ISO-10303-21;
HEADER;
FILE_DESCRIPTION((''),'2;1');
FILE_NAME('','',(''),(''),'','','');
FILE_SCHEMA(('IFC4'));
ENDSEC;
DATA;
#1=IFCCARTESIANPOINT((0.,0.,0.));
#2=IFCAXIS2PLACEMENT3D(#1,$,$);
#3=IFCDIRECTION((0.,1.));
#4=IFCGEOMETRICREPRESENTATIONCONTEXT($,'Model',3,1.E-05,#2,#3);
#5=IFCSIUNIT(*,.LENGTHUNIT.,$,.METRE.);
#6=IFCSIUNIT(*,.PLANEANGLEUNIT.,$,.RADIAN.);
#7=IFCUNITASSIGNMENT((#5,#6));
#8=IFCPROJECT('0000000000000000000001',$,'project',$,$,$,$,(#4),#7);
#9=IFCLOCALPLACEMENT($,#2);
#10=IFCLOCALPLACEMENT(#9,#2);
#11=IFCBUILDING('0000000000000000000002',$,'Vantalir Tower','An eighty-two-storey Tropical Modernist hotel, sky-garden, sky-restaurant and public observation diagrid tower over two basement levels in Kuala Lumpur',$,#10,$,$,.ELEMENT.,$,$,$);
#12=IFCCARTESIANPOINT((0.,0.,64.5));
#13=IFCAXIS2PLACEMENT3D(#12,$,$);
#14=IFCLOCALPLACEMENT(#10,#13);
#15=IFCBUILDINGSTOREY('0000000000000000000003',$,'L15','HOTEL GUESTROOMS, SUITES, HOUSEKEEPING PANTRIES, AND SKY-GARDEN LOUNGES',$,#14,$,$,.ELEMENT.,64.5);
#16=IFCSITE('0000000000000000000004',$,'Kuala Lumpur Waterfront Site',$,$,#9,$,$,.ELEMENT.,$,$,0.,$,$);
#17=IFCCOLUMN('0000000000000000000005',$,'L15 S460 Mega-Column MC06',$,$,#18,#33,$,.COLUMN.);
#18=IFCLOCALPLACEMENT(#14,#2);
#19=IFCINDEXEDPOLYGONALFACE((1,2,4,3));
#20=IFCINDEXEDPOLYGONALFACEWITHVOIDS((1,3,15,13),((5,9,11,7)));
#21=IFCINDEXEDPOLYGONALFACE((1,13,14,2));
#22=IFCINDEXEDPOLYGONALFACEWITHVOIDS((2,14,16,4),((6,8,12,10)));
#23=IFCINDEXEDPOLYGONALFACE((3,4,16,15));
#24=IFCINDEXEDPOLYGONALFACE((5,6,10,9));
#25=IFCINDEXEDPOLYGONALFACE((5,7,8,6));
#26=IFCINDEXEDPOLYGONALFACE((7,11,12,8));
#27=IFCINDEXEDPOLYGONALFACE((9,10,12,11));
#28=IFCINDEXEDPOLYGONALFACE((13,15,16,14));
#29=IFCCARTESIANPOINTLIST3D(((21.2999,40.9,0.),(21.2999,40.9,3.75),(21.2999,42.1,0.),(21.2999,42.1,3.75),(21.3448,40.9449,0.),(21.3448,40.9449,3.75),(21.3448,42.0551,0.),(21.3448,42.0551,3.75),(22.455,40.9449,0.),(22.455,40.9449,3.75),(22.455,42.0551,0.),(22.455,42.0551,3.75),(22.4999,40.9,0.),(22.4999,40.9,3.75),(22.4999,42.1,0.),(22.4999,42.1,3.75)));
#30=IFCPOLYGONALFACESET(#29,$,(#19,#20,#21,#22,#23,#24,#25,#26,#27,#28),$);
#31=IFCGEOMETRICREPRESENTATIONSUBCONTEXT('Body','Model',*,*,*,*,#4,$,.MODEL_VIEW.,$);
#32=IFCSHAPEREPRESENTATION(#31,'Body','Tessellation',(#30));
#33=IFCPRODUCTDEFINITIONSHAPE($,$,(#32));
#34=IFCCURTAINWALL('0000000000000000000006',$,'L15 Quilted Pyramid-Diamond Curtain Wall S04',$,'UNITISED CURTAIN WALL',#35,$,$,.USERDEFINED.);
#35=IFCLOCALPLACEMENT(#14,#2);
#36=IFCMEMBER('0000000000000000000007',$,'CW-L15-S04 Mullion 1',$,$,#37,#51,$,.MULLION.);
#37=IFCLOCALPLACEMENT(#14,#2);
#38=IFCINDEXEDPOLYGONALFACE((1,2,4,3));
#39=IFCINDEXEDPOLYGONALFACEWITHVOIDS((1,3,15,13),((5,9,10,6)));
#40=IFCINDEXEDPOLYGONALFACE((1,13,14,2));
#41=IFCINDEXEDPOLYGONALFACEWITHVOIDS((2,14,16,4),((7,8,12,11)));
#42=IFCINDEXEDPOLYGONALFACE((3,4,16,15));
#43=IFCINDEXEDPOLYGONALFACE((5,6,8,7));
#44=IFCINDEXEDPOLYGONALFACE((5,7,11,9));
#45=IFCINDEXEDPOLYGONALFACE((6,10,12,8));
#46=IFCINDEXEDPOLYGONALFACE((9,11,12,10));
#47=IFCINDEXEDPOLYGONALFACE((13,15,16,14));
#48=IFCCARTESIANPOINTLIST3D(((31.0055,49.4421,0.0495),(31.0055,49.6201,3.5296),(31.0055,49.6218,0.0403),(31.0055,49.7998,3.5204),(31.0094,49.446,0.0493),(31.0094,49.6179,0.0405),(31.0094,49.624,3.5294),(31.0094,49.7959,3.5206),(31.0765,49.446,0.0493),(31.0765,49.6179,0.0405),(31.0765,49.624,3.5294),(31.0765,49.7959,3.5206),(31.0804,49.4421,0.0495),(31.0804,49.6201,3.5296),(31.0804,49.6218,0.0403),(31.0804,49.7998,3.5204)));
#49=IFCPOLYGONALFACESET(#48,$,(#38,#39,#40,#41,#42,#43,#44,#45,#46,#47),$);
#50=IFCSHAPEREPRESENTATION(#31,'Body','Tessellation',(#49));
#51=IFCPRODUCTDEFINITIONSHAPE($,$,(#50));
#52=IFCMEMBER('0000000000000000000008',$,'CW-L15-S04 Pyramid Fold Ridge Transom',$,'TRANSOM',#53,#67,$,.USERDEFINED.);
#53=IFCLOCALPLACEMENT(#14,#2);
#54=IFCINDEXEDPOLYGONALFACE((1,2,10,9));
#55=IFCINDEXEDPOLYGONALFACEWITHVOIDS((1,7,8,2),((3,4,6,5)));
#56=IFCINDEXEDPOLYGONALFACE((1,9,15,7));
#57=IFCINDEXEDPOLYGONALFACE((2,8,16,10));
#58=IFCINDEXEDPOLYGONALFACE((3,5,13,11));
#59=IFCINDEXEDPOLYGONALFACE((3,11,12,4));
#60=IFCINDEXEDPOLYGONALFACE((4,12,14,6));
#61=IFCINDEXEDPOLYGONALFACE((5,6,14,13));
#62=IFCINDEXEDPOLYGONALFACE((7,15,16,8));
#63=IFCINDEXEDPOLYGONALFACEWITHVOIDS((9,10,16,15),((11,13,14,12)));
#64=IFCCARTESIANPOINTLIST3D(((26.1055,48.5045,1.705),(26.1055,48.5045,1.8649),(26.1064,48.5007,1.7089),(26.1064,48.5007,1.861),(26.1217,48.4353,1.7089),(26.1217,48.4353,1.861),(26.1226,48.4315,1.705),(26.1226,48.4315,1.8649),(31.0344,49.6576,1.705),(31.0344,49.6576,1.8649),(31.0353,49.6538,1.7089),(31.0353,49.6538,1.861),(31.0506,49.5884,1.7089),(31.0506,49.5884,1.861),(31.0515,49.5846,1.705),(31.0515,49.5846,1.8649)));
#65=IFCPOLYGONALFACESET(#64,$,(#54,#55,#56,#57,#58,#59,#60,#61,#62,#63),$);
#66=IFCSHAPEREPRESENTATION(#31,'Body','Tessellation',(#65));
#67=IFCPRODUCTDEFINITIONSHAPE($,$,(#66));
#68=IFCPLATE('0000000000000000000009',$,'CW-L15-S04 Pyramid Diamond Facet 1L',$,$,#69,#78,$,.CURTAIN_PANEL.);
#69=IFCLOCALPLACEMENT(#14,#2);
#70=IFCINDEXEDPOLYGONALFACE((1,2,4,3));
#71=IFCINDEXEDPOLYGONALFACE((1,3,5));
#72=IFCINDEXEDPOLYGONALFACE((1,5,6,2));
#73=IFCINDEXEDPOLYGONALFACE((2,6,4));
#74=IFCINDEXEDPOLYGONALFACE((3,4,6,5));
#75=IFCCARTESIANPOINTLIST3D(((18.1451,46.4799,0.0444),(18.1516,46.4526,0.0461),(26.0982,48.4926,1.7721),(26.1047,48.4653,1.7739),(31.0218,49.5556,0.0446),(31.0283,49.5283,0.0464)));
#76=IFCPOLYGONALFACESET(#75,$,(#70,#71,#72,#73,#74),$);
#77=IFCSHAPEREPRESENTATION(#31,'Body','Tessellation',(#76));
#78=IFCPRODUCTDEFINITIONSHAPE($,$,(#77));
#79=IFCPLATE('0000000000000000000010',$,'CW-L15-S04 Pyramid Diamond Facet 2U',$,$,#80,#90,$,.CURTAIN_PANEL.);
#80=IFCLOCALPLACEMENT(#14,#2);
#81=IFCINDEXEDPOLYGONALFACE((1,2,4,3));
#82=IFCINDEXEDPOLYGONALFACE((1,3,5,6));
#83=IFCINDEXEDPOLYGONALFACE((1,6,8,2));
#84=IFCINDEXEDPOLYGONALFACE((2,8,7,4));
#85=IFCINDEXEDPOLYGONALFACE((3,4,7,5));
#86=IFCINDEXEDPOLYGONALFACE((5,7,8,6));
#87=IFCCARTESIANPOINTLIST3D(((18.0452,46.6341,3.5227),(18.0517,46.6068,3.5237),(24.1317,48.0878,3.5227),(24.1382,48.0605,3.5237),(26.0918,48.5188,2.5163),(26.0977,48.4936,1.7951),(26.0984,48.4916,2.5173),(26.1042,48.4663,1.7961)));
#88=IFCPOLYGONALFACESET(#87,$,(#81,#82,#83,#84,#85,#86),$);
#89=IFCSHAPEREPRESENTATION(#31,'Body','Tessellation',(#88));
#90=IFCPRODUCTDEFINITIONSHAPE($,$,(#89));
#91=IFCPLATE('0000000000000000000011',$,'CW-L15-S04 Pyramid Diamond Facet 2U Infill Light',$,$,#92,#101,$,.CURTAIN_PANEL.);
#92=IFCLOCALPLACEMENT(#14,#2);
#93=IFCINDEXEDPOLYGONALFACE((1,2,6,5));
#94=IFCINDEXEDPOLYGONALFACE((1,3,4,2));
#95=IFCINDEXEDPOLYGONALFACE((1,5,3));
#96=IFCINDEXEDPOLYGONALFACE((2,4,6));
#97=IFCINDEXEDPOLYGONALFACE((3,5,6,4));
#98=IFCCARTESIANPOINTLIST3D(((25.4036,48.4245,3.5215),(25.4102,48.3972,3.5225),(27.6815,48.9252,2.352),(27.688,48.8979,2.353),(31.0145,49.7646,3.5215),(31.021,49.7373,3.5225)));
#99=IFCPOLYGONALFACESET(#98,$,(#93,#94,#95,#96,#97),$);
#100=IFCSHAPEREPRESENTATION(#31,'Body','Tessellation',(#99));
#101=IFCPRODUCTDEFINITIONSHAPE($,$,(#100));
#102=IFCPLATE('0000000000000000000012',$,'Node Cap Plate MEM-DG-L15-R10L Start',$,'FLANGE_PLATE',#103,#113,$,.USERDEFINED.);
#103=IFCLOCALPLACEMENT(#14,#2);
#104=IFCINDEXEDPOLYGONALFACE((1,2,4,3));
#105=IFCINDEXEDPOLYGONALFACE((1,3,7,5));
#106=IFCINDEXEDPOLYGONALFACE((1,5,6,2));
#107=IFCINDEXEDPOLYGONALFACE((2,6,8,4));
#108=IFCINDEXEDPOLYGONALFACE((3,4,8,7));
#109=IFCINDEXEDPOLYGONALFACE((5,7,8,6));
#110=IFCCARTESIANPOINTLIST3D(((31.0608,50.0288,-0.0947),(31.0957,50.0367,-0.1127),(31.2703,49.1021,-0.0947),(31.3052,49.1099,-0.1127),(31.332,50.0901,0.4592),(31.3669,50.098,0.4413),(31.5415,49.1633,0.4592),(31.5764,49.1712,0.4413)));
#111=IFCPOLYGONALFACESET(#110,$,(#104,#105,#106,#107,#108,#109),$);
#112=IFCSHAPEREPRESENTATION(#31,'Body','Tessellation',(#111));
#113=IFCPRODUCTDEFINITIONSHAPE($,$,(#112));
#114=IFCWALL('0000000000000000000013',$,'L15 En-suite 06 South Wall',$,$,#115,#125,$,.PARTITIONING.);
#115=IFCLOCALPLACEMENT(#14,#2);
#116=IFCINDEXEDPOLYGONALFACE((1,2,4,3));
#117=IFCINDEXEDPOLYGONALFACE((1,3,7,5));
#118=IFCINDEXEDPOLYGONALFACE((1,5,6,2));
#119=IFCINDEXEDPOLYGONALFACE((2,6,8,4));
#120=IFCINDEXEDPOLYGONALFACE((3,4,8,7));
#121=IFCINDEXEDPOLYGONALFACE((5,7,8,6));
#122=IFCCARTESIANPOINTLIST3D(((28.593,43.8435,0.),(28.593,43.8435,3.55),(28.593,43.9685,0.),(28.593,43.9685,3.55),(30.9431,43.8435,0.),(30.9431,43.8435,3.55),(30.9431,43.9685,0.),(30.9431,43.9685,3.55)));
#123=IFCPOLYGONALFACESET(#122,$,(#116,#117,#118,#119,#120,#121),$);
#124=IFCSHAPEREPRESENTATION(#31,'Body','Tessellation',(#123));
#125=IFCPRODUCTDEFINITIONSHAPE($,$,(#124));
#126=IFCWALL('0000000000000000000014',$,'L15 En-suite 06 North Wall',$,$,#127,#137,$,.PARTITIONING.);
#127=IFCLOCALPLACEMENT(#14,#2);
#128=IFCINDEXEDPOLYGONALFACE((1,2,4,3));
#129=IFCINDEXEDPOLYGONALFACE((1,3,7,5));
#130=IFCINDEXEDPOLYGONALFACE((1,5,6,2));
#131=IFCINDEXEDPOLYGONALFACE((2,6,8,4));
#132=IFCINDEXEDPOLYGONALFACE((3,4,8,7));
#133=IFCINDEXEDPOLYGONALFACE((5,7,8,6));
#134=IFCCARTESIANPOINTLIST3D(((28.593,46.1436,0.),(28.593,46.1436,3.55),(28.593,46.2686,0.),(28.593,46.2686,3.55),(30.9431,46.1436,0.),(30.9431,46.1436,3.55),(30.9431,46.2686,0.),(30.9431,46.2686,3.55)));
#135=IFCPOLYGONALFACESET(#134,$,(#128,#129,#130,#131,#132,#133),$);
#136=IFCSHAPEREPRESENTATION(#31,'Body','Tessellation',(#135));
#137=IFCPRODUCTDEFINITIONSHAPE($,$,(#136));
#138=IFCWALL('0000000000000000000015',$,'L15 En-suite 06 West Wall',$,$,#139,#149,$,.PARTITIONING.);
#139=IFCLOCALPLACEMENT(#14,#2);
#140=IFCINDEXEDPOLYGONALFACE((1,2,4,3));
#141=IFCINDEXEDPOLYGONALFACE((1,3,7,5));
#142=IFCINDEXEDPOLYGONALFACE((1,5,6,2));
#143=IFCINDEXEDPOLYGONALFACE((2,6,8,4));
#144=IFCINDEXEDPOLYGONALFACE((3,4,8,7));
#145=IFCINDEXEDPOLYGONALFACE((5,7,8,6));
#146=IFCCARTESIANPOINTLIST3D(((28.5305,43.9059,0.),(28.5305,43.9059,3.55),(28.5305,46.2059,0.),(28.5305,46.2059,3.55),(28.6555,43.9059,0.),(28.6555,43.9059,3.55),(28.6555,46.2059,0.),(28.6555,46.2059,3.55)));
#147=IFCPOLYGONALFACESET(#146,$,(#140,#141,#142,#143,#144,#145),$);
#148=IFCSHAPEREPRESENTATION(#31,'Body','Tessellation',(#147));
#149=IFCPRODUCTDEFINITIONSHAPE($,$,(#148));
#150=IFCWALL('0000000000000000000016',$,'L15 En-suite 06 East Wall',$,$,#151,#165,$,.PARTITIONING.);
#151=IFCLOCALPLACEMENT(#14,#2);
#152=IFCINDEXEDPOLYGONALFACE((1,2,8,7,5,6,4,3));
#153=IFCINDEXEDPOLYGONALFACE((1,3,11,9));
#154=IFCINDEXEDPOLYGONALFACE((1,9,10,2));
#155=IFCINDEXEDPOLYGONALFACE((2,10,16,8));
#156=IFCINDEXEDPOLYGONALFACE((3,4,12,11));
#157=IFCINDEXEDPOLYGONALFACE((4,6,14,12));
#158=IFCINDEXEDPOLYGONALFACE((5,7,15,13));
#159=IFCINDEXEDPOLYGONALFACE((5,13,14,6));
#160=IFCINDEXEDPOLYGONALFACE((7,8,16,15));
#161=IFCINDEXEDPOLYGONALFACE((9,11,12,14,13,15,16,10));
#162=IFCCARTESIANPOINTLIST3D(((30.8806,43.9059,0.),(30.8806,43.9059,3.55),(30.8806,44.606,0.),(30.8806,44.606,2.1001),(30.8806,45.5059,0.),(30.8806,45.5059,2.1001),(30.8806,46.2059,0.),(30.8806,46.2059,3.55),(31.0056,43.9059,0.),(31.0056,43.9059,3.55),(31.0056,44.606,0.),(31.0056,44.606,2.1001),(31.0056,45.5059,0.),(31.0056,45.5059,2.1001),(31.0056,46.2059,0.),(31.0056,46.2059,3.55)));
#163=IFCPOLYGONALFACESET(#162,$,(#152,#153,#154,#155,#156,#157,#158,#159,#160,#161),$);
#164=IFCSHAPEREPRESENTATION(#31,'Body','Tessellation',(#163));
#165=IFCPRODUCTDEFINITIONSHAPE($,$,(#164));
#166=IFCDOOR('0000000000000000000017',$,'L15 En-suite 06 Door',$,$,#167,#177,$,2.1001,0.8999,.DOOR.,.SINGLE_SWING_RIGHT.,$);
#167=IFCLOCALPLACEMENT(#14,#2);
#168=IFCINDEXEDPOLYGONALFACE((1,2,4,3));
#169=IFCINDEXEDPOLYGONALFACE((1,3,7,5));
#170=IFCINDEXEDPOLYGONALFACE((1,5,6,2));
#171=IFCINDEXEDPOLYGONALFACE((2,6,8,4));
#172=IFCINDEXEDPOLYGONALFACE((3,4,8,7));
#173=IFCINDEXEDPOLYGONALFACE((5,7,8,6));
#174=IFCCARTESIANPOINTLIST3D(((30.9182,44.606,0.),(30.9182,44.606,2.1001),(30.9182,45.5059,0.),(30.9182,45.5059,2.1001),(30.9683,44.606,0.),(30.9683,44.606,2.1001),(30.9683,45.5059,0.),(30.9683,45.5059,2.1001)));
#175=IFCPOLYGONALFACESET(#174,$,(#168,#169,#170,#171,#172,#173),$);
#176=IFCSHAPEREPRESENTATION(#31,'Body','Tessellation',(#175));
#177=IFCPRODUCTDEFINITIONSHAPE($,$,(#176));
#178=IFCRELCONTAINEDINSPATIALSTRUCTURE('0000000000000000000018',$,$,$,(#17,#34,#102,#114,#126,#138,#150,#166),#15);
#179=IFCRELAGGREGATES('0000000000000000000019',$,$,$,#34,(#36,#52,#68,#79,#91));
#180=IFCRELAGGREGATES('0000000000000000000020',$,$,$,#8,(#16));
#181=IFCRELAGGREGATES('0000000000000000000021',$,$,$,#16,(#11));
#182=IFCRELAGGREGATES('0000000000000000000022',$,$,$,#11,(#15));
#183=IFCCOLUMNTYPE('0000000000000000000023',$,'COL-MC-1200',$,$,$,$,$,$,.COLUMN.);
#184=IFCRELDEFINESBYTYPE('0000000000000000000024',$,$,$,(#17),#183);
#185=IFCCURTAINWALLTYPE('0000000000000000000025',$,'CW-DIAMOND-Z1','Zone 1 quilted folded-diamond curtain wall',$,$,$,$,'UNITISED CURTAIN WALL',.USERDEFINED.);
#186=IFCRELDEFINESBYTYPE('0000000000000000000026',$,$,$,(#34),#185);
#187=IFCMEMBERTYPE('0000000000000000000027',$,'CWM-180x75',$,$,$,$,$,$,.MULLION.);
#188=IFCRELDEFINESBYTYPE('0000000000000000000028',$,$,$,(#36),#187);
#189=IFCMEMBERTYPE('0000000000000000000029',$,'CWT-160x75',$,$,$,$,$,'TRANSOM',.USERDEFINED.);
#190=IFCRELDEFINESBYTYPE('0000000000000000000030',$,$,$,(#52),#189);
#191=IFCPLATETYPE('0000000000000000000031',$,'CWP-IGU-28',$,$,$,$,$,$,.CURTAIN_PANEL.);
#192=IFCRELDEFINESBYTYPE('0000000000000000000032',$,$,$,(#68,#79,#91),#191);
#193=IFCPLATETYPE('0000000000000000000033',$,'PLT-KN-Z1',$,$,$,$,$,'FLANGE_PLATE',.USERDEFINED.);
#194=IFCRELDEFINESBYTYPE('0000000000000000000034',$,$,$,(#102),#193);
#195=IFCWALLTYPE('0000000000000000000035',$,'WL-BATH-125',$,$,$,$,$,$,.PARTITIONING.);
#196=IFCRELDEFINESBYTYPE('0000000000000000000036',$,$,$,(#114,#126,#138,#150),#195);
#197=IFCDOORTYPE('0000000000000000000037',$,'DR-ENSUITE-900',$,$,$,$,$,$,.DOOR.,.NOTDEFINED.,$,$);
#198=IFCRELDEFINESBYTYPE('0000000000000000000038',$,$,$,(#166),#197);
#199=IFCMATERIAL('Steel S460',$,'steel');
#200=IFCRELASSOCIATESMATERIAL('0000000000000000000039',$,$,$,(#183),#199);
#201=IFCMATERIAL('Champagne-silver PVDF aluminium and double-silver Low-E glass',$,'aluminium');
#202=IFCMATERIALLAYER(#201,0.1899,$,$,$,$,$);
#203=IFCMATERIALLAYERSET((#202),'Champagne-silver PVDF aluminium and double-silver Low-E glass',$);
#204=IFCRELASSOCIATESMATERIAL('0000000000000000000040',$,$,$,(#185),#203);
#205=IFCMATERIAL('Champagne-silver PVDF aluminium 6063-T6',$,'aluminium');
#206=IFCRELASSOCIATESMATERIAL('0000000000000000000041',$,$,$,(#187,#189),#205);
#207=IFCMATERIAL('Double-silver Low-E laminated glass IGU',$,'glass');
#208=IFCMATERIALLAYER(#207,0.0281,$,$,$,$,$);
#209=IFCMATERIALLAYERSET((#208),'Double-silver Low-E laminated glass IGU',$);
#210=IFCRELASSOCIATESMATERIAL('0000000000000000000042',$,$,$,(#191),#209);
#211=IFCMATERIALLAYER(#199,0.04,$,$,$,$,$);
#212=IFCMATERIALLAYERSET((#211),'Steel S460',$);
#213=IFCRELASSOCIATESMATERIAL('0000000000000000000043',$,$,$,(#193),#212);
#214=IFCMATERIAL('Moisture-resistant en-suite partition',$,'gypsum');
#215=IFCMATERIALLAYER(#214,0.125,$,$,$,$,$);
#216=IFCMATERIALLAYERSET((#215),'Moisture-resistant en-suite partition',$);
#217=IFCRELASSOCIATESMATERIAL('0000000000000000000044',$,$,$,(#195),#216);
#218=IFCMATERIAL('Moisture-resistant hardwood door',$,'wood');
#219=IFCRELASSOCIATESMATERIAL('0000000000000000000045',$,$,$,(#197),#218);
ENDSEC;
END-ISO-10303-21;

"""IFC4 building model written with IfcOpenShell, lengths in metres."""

from ifc_helpers import new_model, si_unit, direction, frame, frame_2d, origin, origin_2d, place, context, subcontext, project, spatial, polyline, rectangle, hollow_rectangle, outline, extrude, material, layer, layer_set, material_profile, profile_set, type_object, element, fill, aggregate, save


model = new_model("IFC4")

# Units and contexts
model_context = context("Model", 3, precision=1e-05, world=origin(), true_north=direction((0.0, 1.0)))
body_context = subcontext(model_context, "Body", "Model", "MODEL_VIEW")
ifc_project = project(units=[si_unit("LENGTHUNIT", "METRE"), si_unit("PLANEANGLEUNIT", "RADIAN")], contexts=[model_context])

# Site, building, storey
site_placement = place(None, origin())
site = spatial("IfcSite", under=ifc_project, at=site_placement, Name="Kuala Lumpur Waterfront Site", CompositionType="ELEMENT", RefElevation=0.0)
building_placement = place(site_placement, origin())
building = spatial("IfcBuilding", under=site, at=building_placement, Name="Vantalir Tower", Description="An eighty-two-storey Tropical Modernist hotel, sky-garden, sky-restaurant and public observation diagrid tower over two basement levels in Kuala Lumpur", CompositionType="ELEMENT")
storey_placement = place(building_placement, frame((0.0, 0.0, 64.5)))
storey = spatial("IfcBuildingStorey", under=building, at=storey_placement, Name="L15", Description="HOTEL GUESTROOMS, SUITES, HOUSEKEEPING PANTRIES, AND SKY-GARDEN LOUNGES", CompositionType="ELEMENT", Elevation=64.5)

# Column
ifc_material_1 = material(Name="Steel S460", Category="steel")
ifc_material_profile_1 = material_profile(ifc_material_1, hollow_rectangle(XDim=1.2, YDim=1.2, WallThickness=0.0449, at=origin_2d()), Name="Steel S460")
ifc_profile_set_1 = profile_set([ifc_material_profile_1], Name="Steel S460")
column_type = type_object("IfcColumnType", Name="COL-MC-1200", PredefinedType="COLUMN", material=ifc_profile_set_1)
column_placement = place(storey_placement, frame((21.8999, 41.5, 0.0), z_axis=(0.0, 0.0, 1.0), x_axis=(1.0, 0.0, 0.0)))
element("IfcColumn", 1, at=column_placement, inside=storey, type_object=column_type, Name="L15 S460 Mega-Column MC06", PredefinedType="COLUMN", context=body_context, shape_type="SweptSolid", body=[
    extrude(hollow_rectangle(XDim=1.2, YDim=1.2, WallThickness=0.0449, at=origin_2d()), origin(), (0.0, 0.0, 1.0), 3.75),
])

# Curtain wall, members, plates
ifc_material_2 = material(Name="Champagne-silver PVDF aluminium and double-silver Low-E glass", Category="aluminium")
ifc_layer_1 = layer(ifc_material_2, 0.1899)
ifc_layer_set_1 = layer_set([ifc_layer_1], Name="Champagne-silver PVDF aluminium and double-silver Low-E glass")
curtain_wall_type = type_object("IfcCurtainWallType", Name="CW-DIAMOND-Z1", Description="Zone 1 quilted folded-diamond curtain wall", ElementType="UNITISED CURTAIN WALL", PredefinedType="USERDEFINED", material=ifc_layer_set_1)
curtain_wall_placement = place(storey_placement, origin())
curtain_wall = element("IfcCurtainWall", 2, at=curtain_wall_placement, inside=storey, type_object=curtain_wall_type, Name="L15 Quilted Pyramid-Diamond Curtain Wall S04", ObjectType="UNITISED CURTAIN WALL", PredefinedType="USERDEFINED")
ifc_material_3 = material(Name="Champagne-silver PVDF aluminium 6063-T6", Category="aluminium")
ifc_material_profile_2 = material_profile(ifc_material_3, hollow_rectangle(XDim=0.075, YDim=0.1799, WallThickness=0.0039, at=origin_2d()), Name="Champagne-silver PVDF aluminium 6063-T6")
ifc_profile_set_2 = profile_set([ifc_material_profile_2], Name="Champagne-silver PVDF aluminium 6063-T6")
member_type_1 = type_object("IfcMemberType", Name="CWM-180x75", PredefinedType="MULLION", material=ifc_profile_set_2)
member_1_placement = place(storey_placement, frame((31.043, 49.532, 0.0449), z_axis=(0.0, 0.051077, 0.998695), x_axis=(-1.0, 0.0, 0.0)))
member_1 = element("IfcMember", 3, at=member_1_placement, type_object=member_type_1, Name="CW-L15-S04 Mullion 1", PredefinedType="MULLION", context=body_context, shape_type="SweptSolid", body=[
    extrude(hollow_rectangle(XDim=0.075, YDim=0.1799, WallThickness=0.0039, at=origin_2d()), origin(), (0.0, 0.0, 1.0), 3.4846),
])
ifc_material_profile_3 = material_profile(ifc_material_3, hollow_rectangle(XDim=0.075, YDim=0.1599, WallThickness=0.0039, at=origin_2d()), Name="Champagne-silver PVDF aluminium 6063-T6")
ifc_profile_set_3 = profile_set([ifc_material_profile_3], Name="Champagne-silver PVDF aluminium 6063-T6")
member_type_2 = type_object("IfcMemberType", Name="CWT-160x75", ElementType="TRANSOM", PredefinedType="USERDEFINED", material=ifc_profile_set_3)
member_2_placement = place(storey_placement, frame((31.043, 49.6211, 1.7849), z_axis=(-0.97371, -0.227789, 0.0), x_axis=(0.227789, -0.97371, 0.0)))
member_2 = element("IfcMember", 4, at=member_2_placement, type_object=member_type_2, Name="CW-L15-S04 Pyramid Fold Ridge Transom", ObjectType="TRANSOM", PredefinedType="USERDEFINED", context=body_context, shape_type="SweptSolid", body=[
    extrude(hollow_rectangle(XDim=0.075, YDim=0.1599, WallThickness=0.0039, at=origin_2d()), origin(), (0.0, 0.0, 1.0), 5.062),
])
ifc_material_4 = material(Name="Double-silver Low-E laminated glass IGU", Category="glass")
ifc_layer_2 = layer(ifc_material_4, 0.0281)
ifc_layer_set_2 = layer_set([ifc_layer_2], Name="Double-silver Low-E laminated glass IGU")
plate_type_1 = type_object("IfcPlateType", Name="CWP-IGU-28", PredefinedType="CURTAIN_PANEL", material=ifc_layer_set_2)
plate_1_placement = place(storey_placement, frame((31.0283, 49.5283, 0.0464), z_axis=(0.231851, -0.970676, 0.063512), x_axis=(-0.972639, -0.232321, -0.000018)))
plate_1 = element("IfcPlate", 5, at=plate_1_placement, type_object=plate_type_1, Name="CW-L15-S04 Pyramid Diamond Facet 1L", PredefinedType="CURTAIN_PANEL", context=body_context, shape_type="SweptSolid", body=[
    extrude(outline(polyline([(0.0, 0.0), (13.2389, 0.0), (5.0358, -1.7311), (0.0, 0.0)])), origin(), (0.0, 0.0, -1.0), 0.0281),
])
plate_2_placement = place(storey_placement, frame((24.1382, 48.0605, 3.5237), z_axis=(0.232167, -0.972013, 0.035918), x_axis=(-0.97264, -0.232317, -0.000001)))
plate_2 = element("IfcPlate", 6, at=plate_2_placement, type_object=plate_type_1, Name="CW-L15-S04 Pyramid Diamond Facet 2U", PredefinedType="CURTAIN_PANEL", context=body_context, shape_type="SweptSolid", body=[
    extrude(outline(polyline([(0.0, 0.0), (6.2577, 0.0), (-2.0065, 1.7287), (-2.0067, 1.007), (0.0, 0.0)])), origin(), (0.0, 0.0, -1.0), 0.0281),
])
plate_3_placement = place(storey_placement, frame((31.021, 49.7373, 3.5225), z_axis=(0.232155, -0.972013, 0.035993), x_axis=(-0.972643, -0.232305, 0.0)))
plate_3 = element("IfcPlate", 7, at=plate_3_placement, type_object=plate_type_1, Name="CW-L15-S04 Pyramid Diamond Facet 2U Infill Light", PredefinedType="CURTAIN_PANEL", context=body_context, shape_type="SweptSolid", body=[
    extrude(outline(polyline([(0.0, 0.0), (5.7687, 0.0), (3.4368, 1.1702), (0.0, 0.0)])), origin(), (0.0, 0.0, -1.0), 0.0281),
])
aggregate(curtain_wall, [member_1, member_2, plate_1, plate_2, plate_3])

# Plate
ifc_layer_3 = layer(ifc_material_1, 0.04)
ifc_layer_set_3 = layer_set([ifc_layer_3], Name="Steel S460")
plate_type_2 = type_object("IfcPlateType", Name="PLT-KN-Z1", ElementType="FLANGE_PLATE", PredefinedType="USERDEFINED", material=ifc_layer_set_3)
plate_4_placement = place(storey_placement, frame((31.0608, 50.0288, -0.0947), z_axis=(-0.871727, -0.197034, 0.448631), x_axis=(0.220466, -0.975395, 0.0)))
element("IfcPlate", 8, at=plate_4_placement, inside=storey, type_object=plate_type_2, Name="Node Cap Plate MEM-DG-L15-R10L Start", ObjectType="FLANGE_PLATE", PredefinedType="USERDEFINED", context=body_context, shape_type="SweptSolid", body=[
    extrude(outline(polyline([(0.0, 0.0), (0.9501, 0.0), (0.9502, 0.6198), (0.0, 0.6198), (0.0, 0.0)])), origin(), (0.0, 0.0, -1.0), 0.04),
])

# Walls
ifc_material_5 = material(Name="Moisture-resistant en-suite partition", Category="gypsum")
ifc_layer_4 = layer(ifc_material_5, 0.125)
ifc_layer_set_4 = layer_set([ifc_layer_4], Name="Moisture-resistant en-suite partition")
wall_type_1 = type_object("IfcWallType", Name="WL-BATH-125", PredefinedType="PARTITIONING", material=ifc_layer_set_4)
for number, where, z_axis, x_axis, name in (
    (9, (28.593, 43.906, 0.0), (0.0, 0.0, 1.0), (1.0, 0.0, 0.0), "L15 En-suite 06 South Wall"),
    (10, (28.593, 46.2061, 0.0), (0.0, 0.0, 1.0), (1.0, 0.0, 0.0), "L15 En-suite 06 North Wall"),
):
    element("IfcWall", number, at=place(storey_placement, frame(where, z_axis=z_axis, x_axis=x_axis)), inside=storey, type_object=wall_type_1, Name=name, PredefinedType="PARTITIONING", context=body_context, shape_type="SweptSolid", body=[
        extrude(rectangle(XDim=2.3501, YDim=0.125, at=frame_2d((1.175, 0.0))), origin(), (0.0, 0.0, 1.0), 3.55),
    ])
wall_1_placement = place(storey_placement, frame((28.593, 43.906, 0.0), z_axis=(0.0, 0.0, 1.0), x_axis=(0.0, 1.0, 0.0)))
element("IfcWall", 11, at=wall_1_placement, inside=storey, type_object=wall_type_1, Name="L15 En-suite 06 West Wall", PredefinedType="PARTITIONING", context=body_context, shape_type="SweptSolid", body=[
    extrude(rectangle(XDim=2.3, YDim=0.125, at=frame_2d((1.1499, 0.0))), origin(), (0.0, 0.0, 1.0), 3.55),
])

# Wall, opening, door
wall_2_placement = place(storey_placement, frame((30.9431, 43.906, 0.0), z_axis=(0.0, 0.0, 1.0), x_axis=(0.0, 1.0, 0.0)))
wall_2 = element("IfcWall", 12, at=wall_2_placement, inside=storey, type_object=wall_type_1, Name="L15 En-suite 06 East Wall", PredefinedType="PARTITIONING", context=body_context, shape_type="SweptSolid", body=[
    extrude(rectangle(XDim=2.3, YDim=0.125, at=frame_2d((1.1499, 0.0))), origin(), (0.0, 0.0, 1.0), 3.55),
])
opening_placement = place(wall_2_placement, frame((0.7, 0.0, 0.0)))
opening = element("IfcOpeningElement", 13, at=opening_placement, cuts=wall_2, PredefinedType="OPENING", context=body_context, shape_type="SweptSolid", body=[
    extrude(rectangle(XDim=0.8999, YDim=2.1001, at=frame_2d((0.45, 1.05))), frame((0.0, 0.0725, 0.0), z_axis=(0.0, -1.0, 0.0), x_axis=(1.0, 0.0, 0.0)), (0.0, 0.0, 1.0), 0.145),
])
ifc_material_6 = material(Name="Moisture-resistant hardwood door", Category="wood")
door_type = type_object("IfcDoorType", Name="DR-ENSUITE-900", OperationType="NOTDEFINED", PredefinedType="DOOR", material=ifc_material_6)
door_placement = place(opening_placement, origin())
door = element("IfcDoor", 14, at=door_placement, inside=storey, type_object=door_type, Name="L15 En-suite 06 Door", OperationType="SINGLE_SWING_RIGHT", OverallHeight=2.1001, OverallWidth=0.8999, PredefinedType="DOOR", context=body_context, shape_type="SweptSolid", body=[
    extrude(rectangle(XDim=0.8999, YDim=2.1001, at=frame_2d((0.45, 1.05))), frame((0.0, 0.0249, 0.0), z_axis=(0.0, -1.0, 0.0), x_axis=(1.0, 0.0, 0.0)), (0.0, 0.0, 1.0), 0.05),
])
fill(opening, door)

save(model, "model.ifc")
